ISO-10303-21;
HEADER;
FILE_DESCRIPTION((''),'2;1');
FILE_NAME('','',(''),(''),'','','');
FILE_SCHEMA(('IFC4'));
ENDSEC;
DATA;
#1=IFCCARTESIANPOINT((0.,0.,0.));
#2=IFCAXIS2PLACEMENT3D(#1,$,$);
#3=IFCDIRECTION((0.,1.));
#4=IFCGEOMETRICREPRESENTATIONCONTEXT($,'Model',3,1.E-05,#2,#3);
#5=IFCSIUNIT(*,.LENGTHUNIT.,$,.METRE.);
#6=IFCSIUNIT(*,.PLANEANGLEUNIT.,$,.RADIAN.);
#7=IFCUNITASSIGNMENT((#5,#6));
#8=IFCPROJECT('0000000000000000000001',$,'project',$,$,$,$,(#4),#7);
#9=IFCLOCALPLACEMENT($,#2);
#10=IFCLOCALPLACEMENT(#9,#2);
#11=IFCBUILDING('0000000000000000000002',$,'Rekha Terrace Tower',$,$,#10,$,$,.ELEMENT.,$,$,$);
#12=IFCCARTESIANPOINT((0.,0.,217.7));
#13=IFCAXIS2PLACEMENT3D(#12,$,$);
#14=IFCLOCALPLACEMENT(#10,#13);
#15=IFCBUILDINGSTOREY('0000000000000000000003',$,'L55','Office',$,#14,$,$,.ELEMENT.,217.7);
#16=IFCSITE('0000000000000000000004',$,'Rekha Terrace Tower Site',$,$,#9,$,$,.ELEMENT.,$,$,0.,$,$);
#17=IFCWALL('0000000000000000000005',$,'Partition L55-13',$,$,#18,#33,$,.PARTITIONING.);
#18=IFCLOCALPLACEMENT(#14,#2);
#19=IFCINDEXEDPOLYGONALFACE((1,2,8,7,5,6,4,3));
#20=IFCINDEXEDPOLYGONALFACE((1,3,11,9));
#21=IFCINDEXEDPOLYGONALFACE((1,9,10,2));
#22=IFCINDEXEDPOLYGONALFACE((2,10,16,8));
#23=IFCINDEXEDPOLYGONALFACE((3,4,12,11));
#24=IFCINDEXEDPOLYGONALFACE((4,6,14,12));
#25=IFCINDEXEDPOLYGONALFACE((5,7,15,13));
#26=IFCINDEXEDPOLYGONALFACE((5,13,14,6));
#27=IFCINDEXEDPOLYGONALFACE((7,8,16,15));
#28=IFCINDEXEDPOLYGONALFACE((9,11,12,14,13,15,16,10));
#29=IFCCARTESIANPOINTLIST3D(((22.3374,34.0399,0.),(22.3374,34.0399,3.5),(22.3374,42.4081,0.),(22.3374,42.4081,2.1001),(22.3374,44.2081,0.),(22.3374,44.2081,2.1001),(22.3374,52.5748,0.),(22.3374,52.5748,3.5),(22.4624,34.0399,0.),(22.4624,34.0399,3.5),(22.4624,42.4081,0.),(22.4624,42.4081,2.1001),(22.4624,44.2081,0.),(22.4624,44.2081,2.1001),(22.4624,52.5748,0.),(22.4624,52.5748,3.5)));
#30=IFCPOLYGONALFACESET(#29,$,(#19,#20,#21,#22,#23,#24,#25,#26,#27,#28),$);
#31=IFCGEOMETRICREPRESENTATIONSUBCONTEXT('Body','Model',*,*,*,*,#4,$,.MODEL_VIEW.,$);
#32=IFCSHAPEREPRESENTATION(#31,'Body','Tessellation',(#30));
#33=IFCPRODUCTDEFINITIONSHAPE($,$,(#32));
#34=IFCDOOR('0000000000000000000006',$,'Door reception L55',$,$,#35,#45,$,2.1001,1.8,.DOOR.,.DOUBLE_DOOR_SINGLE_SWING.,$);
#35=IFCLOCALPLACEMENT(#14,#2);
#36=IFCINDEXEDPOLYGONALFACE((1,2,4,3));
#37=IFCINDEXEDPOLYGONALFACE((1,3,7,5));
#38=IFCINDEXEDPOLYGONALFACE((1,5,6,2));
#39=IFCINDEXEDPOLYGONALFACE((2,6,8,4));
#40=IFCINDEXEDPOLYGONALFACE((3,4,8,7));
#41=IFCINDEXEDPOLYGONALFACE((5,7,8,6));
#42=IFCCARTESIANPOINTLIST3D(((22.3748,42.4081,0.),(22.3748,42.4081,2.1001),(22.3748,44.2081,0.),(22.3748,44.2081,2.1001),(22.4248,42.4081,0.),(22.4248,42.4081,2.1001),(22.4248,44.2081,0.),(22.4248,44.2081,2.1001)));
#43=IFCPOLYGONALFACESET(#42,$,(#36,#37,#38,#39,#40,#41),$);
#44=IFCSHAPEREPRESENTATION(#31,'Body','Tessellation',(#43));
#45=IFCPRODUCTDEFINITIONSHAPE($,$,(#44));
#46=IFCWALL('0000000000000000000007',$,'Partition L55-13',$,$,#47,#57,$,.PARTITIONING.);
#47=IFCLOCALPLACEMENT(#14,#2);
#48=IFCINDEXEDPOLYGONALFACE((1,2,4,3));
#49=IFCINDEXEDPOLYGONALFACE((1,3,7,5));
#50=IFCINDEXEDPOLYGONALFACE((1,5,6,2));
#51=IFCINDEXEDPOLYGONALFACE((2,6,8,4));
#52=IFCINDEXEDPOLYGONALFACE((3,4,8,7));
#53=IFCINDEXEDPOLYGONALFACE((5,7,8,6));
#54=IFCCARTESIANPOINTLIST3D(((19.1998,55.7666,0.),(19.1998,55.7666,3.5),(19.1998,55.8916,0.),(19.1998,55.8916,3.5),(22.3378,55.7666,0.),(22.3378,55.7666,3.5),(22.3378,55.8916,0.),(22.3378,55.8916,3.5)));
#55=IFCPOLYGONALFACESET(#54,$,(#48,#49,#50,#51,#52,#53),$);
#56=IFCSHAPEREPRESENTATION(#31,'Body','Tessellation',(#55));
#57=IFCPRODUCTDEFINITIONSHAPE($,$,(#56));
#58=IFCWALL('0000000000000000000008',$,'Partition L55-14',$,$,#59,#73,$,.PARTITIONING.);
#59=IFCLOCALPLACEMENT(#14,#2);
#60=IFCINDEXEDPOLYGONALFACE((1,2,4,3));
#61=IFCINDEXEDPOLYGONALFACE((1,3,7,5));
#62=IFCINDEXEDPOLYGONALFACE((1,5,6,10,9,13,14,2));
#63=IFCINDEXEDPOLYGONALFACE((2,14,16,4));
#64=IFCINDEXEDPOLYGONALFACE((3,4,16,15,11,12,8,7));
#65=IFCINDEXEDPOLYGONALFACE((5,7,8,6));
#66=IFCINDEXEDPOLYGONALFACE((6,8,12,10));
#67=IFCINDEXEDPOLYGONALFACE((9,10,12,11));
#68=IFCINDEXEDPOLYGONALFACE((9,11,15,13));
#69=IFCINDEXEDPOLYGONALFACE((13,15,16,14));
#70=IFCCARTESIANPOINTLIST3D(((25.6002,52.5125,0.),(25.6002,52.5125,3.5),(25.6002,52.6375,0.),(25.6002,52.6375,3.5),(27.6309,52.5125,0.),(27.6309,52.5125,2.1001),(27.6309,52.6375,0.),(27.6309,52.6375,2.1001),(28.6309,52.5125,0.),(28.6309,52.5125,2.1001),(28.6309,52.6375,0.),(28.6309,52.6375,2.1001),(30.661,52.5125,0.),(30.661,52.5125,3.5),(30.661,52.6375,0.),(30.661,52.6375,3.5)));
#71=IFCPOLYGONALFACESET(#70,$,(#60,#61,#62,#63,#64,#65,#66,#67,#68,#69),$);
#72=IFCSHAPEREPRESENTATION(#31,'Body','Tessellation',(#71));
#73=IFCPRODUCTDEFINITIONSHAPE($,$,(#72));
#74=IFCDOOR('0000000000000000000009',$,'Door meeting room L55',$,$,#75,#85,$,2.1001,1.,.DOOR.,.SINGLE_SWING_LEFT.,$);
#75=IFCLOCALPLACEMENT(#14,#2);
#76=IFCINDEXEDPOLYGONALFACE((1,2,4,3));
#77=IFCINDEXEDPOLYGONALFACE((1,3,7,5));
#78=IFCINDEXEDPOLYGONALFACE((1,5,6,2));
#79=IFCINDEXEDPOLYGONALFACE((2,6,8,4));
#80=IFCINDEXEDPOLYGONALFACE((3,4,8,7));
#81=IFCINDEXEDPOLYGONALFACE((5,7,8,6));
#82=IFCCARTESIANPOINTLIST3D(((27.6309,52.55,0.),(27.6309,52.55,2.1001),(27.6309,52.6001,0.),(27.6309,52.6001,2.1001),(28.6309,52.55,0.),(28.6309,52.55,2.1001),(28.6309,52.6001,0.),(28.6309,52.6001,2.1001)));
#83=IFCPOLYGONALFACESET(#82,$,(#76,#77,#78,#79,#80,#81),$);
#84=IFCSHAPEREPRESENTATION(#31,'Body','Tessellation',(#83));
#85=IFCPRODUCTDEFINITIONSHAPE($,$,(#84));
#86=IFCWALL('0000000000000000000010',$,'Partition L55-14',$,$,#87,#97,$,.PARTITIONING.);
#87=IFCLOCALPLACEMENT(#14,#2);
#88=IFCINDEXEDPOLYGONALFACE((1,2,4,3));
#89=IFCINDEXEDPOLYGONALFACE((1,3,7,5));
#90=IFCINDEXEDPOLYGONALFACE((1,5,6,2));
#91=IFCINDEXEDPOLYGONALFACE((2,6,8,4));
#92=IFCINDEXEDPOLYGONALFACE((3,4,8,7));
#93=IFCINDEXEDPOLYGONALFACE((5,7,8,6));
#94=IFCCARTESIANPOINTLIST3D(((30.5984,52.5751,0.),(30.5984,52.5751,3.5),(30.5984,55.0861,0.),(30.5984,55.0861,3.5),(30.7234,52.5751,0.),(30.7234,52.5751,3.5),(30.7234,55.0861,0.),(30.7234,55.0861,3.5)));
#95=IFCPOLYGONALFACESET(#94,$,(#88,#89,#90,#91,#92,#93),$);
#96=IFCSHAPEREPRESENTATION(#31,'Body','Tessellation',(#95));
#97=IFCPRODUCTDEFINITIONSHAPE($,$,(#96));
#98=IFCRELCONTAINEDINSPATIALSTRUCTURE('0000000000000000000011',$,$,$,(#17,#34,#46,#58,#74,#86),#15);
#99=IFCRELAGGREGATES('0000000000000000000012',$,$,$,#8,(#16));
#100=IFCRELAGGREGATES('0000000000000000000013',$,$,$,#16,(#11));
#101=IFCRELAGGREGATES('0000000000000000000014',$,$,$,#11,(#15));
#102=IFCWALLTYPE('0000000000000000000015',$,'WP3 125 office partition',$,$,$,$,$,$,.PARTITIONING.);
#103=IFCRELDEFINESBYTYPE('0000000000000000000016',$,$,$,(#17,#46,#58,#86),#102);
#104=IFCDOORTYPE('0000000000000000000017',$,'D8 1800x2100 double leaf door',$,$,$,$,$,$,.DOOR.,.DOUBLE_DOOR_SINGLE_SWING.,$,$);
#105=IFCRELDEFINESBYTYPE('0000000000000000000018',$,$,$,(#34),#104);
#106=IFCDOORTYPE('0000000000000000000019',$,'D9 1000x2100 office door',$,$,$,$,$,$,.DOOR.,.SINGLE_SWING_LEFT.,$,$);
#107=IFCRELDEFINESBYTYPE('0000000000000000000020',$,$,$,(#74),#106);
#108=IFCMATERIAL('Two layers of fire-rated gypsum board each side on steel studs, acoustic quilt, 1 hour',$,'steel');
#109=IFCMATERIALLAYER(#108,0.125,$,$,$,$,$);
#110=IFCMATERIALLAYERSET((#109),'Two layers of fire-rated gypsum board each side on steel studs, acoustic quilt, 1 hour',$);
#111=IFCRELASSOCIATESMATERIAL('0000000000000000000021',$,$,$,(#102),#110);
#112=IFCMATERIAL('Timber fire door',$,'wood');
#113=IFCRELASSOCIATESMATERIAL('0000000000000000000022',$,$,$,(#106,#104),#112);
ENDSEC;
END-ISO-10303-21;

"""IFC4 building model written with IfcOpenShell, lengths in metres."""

from ifc_helpers import new_model, si_unit, direction, frame, frame_2d, origin, place, context, subcontext, project, spatial, rectangle, extrude, material, layer, layer_set, type_object, element, fill, save


model = new_model("IFC4")

# Units and contexts
model_context = context("Model", 3, precision=1e-05, world=origin(), true_north=direction((0.0, 1.0)))
body_context = subcontext(model_context, "Body", "Model", "MODEL_VIEW")
ifc_project = project(units=[si_unit("LENGTHUNIT", "METRE"), si_unit("PLANEANGLEUNIT", "RADIAN")], contexts=[model_context])

# Site, building, storey
site_placement = place(None, origin())
site = spatial("IfcSite", under=ifc_project, at=site_placement, Name="Rekha Terrace Tower Site", CompositionType="ELEMENT", RefElevation=0.0)
building_placement = place(site_placement, origin())
building = spatial("IfcBuilding", under=site, at=building_placement, Name="Rekha Terrace Tower", CompositionType="ELEMENT")
storey_placement = place(building_placement, frame((0.0, 0.0, 217.7)))
storey = spatial("IfcBuildingStorey", under=building, at=storey_placement, Name="L55", Description="Office", CompositionType="ELEMENT", Elevation=217.7)

# Shared definitions
ifc_material_1 = material(Name="Two layers of fire-rated gypsum board each side on steel studs, acoustic quilt, 1 hour", Category="steel")
ifc_layer_1 = layer(ifc_material_1, 0.125)
ifc_layer_set_1 = layer_set([ifc_layer_1], Name="Two layers of fire-rated gypsum board each side on steel studs, acoustic quilt, 1 hour")
wall_type_1 = type_object("IfcWallType", Name="WP3 125 office partition", PredefinedType="PARTITIONING", material=ifc_layer_set_1)

# Shared definitions
ifc_material_2 = material(Name="Timber fire door", Category="wood")
door_type_1 = type_object("IfcDoorType", Name="D9 1000x2100 office door", OperationType="SINGLE_SWING_LEFT", PredefinedType="DOOR", material=ifc_material_2)

# Wall, opening, door
wall_1_placement = place(storey_placement, frame((22.3999, 52.575, 0.0), z_axis=(0.0, 0.0, 1.0), x_axis=(0.0, -1.0, 0.0)))
wall_1 = element("IfcWall", 1, at=wall_1_placement, inside=storey, type_object=wall_type_1, Name="Partition L55-13", PredefinedType="PARTITIONING", context=body_context, shape_type="SweptSolid", body=[
    extrude(rectangle(XDim=18.5349, YDim=0.125, at=frame_2d((9.2676, 0.0))), origin(), (0.0, 0.0, 1.0), 3.5),
])
opening_1_placement = place(wall_1_placement, frame((8.3669, 0.0, 0.0)))
opening_1 = element("IfcOpeningElement", 2, at=opening_1_placement, cuts=wall_1, PredefinedType="OPENING", context=body_context, shape_type="SweptSolid", body=[
    extrude(rectangle(XDim=1.8, YDim=2.1001, at=frame_2d((0.8999, 1.05))), frame((0.0, 0.0725, 0.0), z_axis=(0.0, -1.0, 0.0), x_axis=(1.0, 0.0, 0.0)), (0.0, 0.0, 1.0), 0.145),
])
door_type_2 = type_object("IfcDoorType", Name="D8 1800x2100 double leaf door", OperationType="DOUBLE_DOOR_SINGLE_SWING", PredefinedType="DOOR", material=ifc_material_2)
door_1_placement = place(opening_1_placement, origin())
door_1 = element("IfcDoor", 3, at=door_1_placement, inside=storey, type_object=door_type_2, Name="Door reception L55", OperationType="DOUBLE_DOOR_SINGLE_SWING", OverallHeight=2.1001, OverallWidth=1.8, PredefinedType="DOOR", context=body_context, shape_type="SweptSolid", body=[
    extrude(rectangle(XDim=1.8, YDim=2.1001, at=frame_2d((0.8999, 1.05))), frame((0.0, 0.0249, 0.0), z_axis=(0.0, -1.0, 0.0), x_axis=(1.0, 0.0, 0.0)), (0.0, 0.0, 1.0), 0.05),
])
fill(opening_1, door_1)

# Wall
wall_2_placement = place(storey_placement, frame((19.2, 55.8291, 0.0), z_axis=(0.0, 0.0, 1.0), x_axis=(1.0, 0.0, 0.0)))
element("IfcWall", 4, at=wall_2_placement, inside=storey, type_object=wall_type_1, Name="Partition L55-13", PredefinedType="PARTITIONING", context=body_context, shape_type="SweptSolid", body=[
    extrude(rectangle(XDim=3.1379, YDim=0.125, at=frame_2d((1.5688, 0.0))), origin(), (0.0, 0.0, 1.0), 3.5),
])

# Wall, opening, door
wall_3_placement = place(storey_placement, frame((30.6609, 52.575, 0.0), z_axis=(0.0, 0.0, 1.0), x_axis=(-1.0, 0.0, 0.0)))
wall_3 = element("IfcWall", 5, at=wall_3_placement, inside=storey, type_object=wall_type_1, Name="Partition L55-14", PredefinedType="PARTITIONING", context=body_context, shape_type="SweptSolid", body=[
    extrude(rectangle(XDim=5.0608, YDim=0.125, at=frame_2d((2.5303, 0.0))), origin(), (0.0, 0.0, 1.0), 3.5),
])
opening_2_placement = place(wall_3_placement, frame((2.03, 0.0, 0.0)))
opening_2 = element("IfcOpeningElement", 6, at=opening_2_placement, cuts=wall_3, PredefinedType="OPENING", context=body_context, shape_type="SweptSolid", body=[
    extrude(rectangle(XDim=1.0, YDim=2.1001, at=frame_2d((0.5, 1.05))), frame((0.0, 0.0725, 0.0), z_axis=(0.0, -1.0, 0.0), x_axis=(1.0, 0.0, 0.0)), (0.0, 0.0, 1.0), 0.145),
])
door_2_placement = place(opening_2_placement, origin())
door_2 = element("IfcDoor", 7, at=door_2_placement, inside=storey, type_object=door_type_1, Name="Door meeting room L55", OperationType="SINGLE_SWING_LEFT", OverallHeight=2.1001, OverallWidth=1.0, PredefinedType="DOOR", context=body_context, shape_type="SweptSolid", body=[
    extrude(rectangle(XDim=1.0, YDim=2.1001, at=frame_2d((0.5, 1.05))), frame((0.0, 0.0249, 0.0), z_axis=(0.0, -1.0, 0.0), x_axis=(1.0, 0.0, 0.0)), (0.0, 0.0, 1.0), 0.05),
])
fill(opening_2, door_2)

# Wall
wall_4_placement = place(storey_placement, frame((30.6609, 55.0859, 0.0), z_axis=(0.0, 0.0, 1.0), x_axis=(0.0, -1.0, 0.0)))
element("IfcWall", 8, at=wall_4_placement, inside=storey, type_object=wall_type_1, Name="Partition L55-14", PredefinedType="PARTITIONING", context=body_context, shape_type="SweptSolid", body=[
    extrude(rectangle(XDim=2.511, YDim=0.125, at=frame_2d((1.2554, 0.0))), origin(), (0.0, 0.0, 1.0), 3.5),
])

save(model, "model.ifc")
